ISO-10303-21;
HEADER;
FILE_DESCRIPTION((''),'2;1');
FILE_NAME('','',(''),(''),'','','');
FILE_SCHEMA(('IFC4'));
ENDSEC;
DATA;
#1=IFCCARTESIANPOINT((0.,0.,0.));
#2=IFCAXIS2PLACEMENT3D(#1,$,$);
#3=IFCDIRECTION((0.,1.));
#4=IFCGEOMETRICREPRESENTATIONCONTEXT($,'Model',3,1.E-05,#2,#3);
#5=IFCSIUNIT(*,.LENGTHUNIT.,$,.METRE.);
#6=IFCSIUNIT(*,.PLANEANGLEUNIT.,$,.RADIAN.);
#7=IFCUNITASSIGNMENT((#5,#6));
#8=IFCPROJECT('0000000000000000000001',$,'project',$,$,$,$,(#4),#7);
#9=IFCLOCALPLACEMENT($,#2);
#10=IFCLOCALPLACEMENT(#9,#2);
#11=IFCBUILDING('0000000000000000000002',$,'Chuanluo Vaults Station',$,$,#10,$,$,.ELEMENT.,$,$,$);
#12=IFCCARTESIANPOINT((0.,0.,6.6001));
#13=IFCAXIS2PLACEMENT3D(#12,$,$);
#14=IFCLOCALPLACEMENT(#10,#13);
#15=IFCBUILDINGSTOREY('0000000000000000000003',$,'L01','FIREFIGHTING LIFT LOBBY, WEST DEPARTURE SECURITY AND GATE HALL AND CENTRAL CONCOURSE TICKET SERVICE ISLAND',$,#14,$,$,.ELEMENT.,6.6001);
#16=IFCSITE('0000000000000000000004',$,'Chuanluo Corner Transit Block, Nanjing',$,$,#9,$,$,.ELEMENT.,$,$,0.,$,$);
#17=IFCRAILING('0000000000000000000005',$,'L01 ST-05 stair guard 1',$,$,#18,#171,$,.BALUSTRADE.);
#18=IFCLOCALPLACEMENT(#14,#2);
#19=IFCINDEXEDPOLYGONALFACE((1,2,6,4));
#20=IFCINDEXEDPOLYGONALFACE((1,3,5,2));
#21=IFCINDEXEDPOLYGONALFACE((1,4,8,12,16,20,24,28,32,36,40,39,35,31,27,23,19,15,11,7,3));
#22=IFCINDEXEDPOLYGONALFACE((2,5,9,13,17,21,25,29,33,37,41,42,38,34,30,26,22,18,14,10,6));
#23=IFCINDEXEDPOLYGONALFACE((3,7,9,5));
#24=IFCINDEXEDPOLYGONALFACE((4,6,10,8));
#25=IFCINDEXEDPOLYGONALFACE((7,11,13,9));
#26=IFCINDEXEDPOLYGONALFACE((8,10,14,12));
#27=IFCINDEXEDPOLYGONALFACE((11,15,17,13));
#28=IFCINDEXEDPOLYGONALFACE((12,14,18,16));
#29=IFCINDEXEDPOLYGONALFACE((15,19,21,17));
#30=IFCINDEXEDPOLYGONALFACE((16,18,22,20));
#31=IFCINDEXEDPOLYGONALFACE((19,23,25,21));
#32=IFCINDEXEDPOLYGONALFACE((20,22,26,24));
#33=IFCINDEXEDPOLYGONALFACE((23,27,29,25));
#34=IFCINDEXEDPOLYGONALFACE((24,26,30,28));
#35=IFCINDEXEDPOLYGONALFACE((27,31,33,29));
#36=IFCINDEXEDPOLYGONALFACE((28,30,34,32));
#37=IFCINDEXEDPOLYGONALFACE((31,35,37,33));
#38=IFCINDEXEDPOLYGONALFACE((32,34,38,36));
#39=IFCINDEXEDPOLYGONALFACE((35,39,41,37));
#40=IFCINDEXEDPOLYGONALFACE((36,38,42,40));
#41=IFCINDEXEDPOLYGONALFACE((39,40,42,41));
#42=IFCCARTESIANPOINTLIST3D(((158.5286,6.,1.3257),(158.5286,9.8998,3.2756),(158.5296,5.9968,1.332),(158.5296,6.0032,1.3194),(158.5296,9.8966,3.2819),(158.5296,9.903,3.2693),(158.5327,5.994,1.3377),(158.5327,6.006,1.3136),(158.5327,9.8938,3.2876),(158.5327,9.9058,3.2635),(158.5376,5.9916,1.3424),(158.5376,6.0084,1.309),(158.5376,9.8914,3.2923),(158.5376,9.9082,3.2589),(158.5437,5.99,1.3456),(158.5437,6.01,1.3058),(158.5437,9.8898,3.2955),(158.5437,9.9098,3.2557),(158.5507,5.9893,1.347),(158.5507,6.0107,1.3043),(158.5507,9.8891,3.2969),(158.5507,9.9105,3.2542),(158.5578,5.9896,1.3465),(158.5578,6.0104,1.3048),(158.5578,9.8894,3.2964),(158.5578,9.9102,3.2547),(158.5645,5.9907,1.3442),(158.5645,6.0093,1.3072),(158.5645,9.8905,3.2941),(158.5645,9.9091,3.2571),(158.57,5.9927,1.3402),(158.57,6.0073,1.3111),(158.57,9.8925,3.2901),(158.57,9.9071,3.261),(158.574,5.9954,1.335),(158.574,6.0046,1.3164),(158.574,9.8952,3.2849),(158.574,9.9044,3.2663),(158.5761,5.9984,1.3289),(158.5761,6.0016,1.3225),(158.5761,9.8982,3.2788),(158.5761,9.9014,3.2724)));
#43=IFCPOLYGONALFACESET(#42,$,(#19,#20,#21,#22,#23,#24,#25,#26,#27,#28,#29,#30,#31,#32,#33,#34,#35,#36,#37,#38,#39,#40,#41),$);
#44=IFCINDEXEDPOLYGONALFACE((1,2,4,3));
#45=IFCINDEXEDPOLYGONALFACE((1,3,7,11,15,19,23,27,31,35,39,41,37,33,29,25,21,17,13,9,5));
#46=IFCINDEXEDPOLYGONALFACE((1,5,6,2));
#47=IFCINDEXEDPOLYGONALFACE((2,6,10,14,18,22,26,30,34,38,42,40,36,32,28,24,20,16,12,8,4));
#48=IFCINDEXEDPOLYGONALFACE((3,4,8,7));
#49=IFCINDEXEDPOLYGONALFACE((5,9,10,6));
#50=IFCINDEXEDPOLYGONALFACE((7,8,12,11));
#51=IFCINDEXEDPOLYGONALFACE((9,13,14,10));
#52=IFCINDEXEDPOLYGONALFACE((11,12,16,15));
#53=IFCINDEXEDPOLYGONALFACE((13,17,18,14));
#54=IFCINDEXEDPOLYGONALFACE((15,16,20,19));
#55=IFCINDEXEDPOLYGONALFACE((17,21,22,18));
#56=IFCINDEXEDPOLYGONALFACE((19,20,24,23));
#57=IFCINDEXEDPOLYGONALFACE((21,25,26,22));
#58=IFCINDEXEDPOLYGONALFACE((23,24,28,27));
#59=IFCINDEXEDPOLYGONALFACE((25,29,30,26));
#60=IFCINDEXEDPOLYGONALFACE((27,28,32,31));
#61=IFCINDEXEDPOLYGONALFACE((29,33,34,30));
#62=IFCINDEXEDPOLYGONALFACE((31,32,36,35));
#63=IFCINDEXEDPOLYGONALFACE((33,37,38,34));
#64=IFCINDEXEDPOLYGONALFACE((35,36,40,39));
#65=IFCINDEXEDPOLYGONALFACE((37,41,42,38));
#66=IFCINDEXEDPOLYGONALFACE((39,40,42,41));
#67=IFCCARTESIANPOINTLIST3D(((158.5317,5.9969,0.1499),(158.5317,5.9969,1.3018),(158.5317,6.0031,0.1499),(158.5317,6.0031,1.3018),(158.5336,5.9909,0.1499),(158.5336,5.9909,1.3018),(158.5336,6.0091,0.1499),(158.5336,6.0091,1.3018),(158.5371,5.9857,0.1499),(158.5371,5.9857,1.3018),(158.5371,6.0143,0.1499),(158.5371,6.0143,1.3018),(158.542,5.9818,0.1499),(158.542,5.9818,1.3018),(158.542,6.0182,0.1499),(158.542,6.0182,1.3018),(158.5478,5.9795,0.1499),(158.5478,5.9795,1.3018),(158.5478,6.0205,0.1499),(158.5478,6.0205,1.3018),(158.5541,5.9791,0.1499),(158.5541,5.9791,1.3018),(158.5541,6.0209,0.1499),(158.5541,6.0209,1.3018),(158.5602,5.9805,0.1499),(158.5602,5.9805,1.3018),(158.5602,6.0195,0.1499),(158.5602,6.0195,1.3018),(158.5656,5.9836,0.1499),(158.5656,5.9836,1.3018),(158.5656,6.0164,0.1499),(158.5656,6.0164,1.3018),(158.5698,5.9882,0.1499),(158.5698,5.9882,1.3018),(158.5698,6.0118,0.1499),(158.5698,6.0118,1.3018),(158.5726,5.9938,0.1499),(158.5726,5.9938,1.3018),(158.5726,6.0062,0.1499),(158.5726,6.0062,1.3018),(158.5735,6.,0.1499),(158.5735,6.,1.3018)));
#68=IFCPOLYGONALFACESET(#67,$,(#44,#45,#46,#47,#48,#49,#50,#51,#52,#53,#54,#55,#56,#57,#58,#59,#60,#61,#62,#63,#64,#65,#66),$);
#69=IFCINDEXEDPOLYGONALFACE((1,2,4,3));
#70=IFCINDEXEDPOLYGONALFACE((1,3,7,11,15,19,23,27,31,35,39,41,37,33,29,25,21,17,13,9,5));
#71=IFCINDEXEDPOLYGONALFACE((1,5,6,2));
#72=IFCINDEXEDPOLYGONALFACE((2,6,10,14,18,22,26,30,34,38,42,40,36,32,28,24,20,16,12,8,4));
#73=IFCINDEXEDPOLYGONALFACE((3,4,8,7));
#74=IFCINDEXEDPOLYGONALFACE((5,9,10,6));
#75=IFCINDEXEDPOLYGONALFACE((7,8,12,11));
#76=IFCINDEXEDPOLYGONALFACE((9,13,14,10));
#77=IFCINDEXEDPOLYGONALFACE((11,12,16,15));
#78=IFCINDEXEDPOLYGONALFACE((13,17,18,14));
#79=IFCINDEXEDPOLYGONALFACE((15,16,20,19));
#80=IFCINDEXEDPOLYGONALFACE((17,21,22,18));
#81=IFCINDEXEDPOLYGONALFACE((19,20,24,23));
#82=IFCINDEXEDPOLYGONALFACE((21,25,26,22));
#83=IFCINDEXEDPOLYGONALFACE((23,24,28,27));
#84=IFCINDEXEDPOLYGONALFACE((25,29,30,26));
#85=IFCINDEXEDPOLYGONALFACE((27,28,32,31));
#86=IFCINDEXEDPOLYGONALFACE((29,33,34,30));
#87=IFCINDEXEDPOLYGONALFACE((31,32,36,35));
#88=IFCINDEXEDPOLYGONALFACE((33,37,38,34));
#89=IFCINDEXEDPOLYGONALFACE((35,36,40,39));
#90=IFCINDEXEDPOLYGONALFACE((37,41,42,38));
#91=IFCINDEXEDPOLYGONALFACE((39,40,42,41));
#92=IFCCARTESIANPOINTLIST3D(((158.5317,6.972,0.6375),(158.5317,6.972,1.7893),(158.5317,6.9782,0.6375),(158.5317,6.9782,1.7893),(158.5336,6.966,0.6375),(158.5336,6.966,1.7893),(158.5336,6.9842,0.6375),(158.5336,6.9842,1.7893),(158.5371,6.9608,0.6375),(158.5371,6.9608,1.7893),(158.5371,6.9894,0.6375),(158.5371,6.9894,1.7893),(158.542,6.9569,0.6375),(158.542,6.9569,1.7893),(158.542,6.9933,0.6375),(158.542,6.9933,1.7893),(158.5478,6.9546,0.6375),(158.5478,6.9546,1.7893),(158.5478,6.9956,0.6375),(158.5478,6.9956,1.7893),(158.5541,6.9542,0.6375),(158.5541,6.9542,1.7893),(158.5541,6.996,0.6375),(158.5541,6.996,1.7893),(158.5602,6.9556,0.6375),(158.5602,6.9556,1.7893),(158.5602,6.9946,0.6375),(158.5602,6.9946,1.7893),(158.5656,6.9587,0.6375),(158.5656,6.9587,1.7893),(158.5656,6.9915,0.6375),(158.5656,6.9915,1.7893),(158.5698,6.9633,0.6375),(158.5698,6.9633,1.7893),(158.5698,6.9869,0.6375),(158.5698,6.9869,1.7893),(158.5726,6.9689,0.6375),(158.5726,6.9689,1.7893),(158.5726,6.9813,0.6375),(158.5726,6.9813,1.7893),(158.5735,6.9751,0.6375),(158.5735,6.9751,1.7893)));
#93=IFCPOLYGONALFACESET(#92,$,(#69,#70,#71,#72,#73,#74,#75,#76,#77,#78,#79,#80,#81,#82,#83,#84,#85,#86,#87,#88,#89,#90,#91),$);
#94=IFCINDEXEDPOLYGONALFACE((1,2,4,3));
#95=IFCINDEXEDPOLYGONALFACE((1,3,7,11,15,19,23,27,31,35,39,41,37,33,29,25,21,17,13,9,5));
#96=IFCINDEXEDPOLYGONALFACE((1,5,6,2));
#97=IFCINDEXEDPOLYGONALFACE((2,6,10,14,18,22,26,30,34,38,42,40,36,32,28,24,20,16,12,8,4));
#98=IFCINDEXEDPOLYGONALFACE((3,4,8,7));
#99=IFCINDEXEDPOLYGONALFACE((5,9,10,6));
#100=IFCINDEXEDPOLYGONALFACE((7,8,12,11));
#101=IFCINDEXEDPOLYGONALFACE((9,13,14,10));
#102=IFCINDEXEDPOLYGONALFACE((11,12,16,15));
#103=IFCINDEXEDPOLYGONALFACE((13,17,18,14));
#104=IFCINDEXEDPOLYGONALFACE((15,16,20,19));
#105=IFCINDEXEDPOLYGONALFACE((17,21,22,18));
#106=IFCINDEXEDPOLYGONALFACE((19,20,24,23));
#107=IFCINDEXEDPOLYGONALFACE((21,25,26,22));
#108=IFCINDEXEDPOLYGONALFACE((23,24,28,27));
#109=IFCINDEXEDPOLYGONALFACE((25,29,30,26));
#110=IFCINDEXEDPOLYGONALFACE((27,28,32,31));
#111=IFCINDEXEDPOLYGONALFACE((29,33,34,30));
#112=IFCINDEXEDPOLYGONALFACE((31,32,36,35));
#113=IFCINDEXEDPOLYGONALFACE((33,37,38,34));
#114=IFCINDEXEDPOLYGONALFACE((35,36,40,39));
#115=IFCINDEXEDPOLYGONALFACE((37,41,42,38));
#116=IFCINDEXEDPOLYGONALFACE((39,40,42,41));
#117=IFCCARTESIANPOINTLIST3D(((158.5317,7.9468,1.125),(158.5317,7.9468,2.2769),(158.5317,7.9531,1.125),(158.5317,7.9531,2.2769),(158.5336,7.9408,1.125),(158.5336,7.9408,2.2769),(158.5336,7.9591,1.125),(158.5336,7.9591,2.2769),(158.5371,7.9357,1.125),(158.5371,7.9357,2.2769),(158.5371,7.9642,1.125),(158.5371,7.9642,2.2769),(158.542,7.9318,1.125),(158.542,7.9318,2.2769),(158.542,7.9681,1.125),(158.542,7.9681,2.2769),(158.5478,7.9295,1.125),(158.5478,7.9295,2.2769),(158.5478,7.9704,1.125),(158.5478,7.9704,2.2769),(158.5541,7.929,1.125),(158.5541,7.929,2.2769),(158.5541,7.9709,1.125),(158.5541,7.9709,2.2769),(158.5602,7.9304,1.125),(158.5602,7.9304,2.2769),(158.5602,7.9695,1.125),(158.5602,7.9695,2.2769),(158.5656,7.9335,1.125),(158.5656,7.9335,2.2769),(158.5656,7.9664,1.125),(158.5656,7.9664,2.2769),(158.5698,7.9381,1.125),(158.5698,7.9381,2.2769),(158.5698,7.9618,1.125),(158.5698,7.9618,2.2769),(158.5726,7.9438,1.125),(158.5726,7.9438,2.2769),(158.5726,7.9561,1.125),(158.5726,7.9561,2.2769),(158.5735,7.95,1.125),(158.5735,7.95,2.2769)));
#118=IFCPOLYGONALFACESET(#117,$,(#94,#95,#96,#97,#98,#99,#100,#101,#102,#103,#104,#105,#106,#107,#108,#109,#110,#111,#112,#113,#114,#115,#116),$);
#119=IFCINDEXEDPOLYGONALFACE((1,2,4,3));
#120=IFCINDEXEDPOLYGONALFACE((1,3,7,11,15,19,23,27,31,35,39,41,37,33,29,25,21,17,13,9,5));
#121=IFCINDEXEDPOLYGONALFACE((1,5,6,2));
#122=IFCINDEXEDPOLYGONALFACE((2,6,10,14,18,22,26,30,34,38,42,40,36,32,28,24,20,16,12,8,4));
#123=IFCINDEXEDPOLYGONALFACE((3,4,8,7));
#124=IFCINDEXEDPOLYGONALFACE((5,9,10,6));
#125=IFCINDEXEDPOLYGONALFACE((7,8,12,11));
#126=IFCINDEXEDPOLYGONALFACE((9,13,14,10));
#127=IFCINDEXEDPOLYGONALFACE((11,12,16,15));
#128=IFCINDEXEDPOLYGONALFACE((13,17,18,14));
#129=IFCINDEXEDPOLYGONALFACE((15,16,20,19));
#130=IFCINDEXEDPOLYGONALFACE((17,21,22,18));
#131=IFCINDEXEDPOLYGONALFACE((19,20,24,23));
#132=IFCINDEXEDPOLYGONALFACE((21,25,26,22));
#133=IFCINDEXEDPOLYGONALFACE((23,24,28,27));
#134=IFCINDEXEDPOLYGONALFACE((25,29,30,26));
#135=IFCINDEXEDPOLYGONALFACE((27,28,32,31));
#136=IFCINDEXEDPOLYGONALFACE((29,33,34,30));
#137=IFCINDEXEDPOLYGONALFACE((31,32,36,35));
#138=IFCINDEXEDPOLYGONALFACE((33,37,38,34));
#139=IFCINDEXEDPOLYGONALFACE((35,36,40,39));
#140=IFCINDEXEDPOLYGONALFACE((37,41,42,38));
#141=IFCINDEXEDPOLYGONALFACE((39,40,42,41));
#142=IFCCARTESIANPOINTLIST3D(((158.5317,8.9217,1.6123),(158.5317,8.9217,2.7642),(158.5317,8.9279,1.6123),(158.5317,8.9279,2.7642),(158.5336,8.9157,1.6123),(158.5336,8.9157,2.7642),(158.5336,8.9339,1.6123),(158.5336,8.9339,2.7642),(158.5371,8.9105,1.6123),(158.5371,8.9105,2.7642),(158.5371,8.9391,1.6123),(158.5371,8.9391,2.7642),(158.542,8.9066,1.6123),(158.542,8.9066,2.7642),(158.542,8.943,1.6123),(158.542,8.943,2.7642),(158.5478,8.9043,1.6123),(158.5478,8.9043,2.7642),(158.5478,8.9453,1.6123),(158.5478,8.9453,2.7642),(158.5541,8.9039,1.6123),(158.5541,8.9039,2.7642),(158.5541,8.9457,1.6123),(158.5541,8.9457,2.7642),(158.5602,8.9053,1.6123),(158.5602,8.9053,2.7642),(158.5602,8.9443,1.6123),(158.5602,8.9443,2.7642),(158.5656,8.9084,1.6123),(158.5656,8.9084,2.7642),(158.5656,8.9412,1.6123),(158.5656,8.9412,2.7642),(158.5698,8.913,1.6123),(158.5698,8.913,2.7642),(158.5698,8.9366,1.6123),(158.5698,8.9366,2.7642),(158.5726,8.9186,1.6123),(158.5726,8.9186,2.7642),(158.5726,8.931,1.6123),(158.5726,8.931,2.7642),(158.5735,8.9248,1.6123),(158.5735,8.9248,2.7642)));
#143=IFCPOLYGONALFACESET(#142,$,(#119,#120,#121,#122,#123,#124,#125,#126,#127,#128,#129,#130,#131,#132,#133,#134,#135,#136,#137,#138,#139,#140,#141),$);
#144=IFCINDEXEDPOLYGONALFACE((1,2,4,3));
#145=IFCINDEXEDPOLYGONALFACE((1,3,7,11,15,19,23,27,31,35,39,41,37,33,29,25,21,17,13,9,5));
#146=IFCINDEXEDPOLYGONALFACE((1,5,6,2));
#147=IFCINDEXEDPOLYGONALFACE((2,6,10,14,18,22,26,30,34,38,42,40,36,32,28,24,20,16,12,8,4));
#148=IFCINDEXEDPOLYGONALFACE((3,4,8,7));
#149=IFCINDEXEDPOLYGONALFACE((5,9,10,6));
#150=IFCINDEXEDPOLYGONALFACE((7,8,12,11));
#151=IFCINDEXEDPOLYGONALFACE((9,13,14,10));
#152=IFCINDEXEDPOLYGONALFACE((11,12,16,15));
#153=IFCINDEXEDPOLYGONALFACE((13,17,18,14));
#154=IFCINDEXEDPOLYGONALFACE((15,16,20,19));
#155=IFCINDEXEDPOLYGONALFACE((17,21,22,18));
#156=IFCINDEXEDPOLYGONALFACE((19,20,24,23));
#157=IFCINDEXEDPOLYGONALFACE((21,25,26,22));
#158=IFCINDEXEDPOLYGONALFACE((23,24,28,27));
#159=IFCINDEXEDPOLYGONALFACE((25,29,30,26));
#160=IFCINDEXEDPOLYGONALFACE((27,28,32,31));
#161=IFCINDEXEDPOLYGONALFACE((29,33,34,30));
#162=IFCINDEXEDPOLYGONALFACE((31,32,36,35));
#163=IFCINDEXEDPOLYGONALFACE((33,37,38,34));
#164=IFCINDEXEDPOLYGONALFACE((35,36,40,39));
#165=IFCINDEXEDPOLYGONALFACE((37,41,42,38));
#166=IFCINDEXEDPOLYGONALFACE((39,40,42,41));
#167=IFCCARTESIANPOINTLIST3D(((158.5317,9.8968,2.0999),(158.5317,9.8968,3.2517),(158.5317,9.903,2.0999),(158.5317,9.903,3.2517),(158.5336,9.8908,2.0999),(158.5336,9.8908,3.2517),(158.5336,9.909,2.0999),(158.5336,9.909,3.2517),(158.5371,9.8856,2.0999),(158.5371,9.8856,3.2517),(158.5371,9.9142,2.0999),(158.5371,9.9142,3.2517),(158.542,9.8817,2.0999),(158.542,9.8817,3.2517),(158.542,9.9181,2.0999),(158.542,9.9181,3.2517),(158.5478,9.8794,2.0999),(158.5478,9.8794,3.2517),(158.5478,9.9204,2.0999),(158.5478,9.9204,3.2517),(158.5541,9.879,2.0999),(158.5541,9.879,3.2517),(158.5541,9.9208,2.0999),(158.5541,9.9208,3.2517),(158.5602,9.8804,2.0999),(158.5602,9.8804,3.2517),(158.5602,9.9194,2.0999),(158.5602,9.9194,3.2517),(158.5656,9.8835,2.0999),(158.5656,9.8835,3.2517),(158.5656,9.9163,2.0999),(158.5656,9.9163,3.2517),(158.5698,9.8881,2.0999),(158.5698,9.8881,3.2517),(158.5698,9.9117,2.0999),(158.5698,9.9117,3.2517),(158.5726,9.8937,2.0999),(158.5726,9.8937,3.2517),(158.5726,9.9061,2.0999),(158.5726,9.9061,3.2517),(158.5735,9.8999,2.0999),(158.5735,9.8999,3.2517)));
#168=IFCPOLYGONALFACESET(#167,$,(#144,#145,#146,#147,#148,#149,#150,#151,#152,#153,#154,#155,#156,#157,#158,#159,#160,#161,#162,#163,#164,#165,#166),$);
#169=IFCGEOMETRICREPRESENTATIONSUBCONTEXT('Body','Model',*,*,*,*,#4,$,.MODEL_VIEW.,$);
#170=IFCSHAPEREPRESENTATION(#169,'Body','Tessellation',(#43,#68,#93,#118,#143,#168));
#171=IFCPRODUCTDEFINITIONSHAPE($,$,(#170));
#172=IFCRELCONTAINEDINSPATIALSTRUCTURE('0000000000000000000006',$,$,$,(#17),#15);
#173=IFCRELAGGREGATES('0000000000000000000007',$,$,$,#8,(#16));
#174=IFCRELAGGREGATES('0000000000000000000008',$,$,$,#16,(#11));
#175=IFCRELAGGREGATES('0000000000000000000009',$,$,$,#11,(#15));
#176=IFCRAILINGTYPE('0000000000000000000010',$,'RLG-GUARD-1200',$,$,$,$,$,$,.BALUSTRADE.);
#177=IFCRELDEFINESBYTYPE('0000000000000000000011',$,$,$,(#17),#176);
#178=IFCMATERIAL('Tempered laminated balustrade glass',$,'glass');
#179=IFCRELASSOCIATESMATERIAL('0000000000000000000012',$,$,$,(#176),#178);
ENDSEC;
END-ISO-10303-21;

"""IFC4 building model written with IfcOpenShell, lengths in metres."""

from ifc_helpers import new_model, si_unit, direction, frame, origin, origin_2d, place, context, subcontext, project, spatial, circle, extrude, material, type_object, element, save


model = new_model("IFC4")

# Units and contexts
model_context = context("Model", 3, precision=1e-05, world=origin(), true_north=direction((0.0, 1.0)))
body_context = subcontext(model_context, "Body", "Model", "MODEL_VIEW")
ifc_project = project(units=[si_unit("LENGTHUNIT", "METRE"), si_unit("PLANEANGLEUNIT", "RADIAN")], contexts=[model_context])

# Site, building, storey
site_placement = place(None, origin())
site = spatial("IfcSite", under=ifc_project, at=site_placement, Name="Chuanluo Corner Transit Block, Nanjing", CompositionType="ELEMENT", RefElevation=0.0)
building_placement = place(site_placement, origin())
building = spatial("IfcBuilding", under=site, at=building_placement, Name="Chuanluo Vaults Station", CompositionType="ELEMENT")
storey_placement = place(building_placement, frame((0.0, 0.0, 6.6001)))
storey = spatial("IfcBuildingStorey", under=building, at=storey_placement, Name="L01", Description="FIREFIGHTING LIFT LOBBY, WEST DEPARTURE SECURITY AND GATE HALL AND CENTRAL CONCOURSE TICKET SERVICE ISLAND", CompositionType="ELEMENT", Elevation=6.6001)

# Railing
ifc_material_1 = material(Name="Tempered laminated balustrade glass", Category="glass")
railing_type_1 = type_object("IfcRailingType", Name="RLG-GUARD-1200", PredefinedType="BALUSTRADE", material=ifc_material_1)
railing_1_placement = place(storey_placement, frame((158.5525, 6.0, 0.1499)))
element("IfcRailing", 1, at=railing_1_placement, inside=storey, type_object=railing_type_1, Name="L01 ST-05 stair guard 1", PredefinedType="BALUSTRADE", context=body_context, shape_type="SweptSolid", body=[
    extrude(circle(Radius=0.0239, at=origin_2d()), frame((0.0, 0.0, 1.1758), z_axis=(0.0, 0.894427, 0.447214), x_axis=(-1.0, 0.0, 0.0)), (0.0, 0.0, 1.0), 4.3601),
    extrude(circle(Radius=0.021, at=origin_2d()), origin(), (0.0, 0.0, 1.0), 1.1519),
    extrude(circle(Radius=0.021, at=origin_2d()), frame((0.0, 0.9751, 0.4875)), (0.0, 0.0, 1.0), 1.1519),
    extrude(circle(Radius=0.021, at=origin_2d()), frame((0.0, 1.95, 0.9751)), (0.0, 0.0, 1.0), 1.1519),
    extrude(circle(Radius=0.021, at=origin_2d()), frame((0.0, 2.9248, 1.4624)), (0.0, 0.0, 1.0), 1.1519),
    extrude(circle(Radius=0.021, at=origin_2d()), frame((0.0, 3.8999, 1.95)), (0.0, 0.0, 1.0), 1.1519),
])

save(model, "model.ifc")
